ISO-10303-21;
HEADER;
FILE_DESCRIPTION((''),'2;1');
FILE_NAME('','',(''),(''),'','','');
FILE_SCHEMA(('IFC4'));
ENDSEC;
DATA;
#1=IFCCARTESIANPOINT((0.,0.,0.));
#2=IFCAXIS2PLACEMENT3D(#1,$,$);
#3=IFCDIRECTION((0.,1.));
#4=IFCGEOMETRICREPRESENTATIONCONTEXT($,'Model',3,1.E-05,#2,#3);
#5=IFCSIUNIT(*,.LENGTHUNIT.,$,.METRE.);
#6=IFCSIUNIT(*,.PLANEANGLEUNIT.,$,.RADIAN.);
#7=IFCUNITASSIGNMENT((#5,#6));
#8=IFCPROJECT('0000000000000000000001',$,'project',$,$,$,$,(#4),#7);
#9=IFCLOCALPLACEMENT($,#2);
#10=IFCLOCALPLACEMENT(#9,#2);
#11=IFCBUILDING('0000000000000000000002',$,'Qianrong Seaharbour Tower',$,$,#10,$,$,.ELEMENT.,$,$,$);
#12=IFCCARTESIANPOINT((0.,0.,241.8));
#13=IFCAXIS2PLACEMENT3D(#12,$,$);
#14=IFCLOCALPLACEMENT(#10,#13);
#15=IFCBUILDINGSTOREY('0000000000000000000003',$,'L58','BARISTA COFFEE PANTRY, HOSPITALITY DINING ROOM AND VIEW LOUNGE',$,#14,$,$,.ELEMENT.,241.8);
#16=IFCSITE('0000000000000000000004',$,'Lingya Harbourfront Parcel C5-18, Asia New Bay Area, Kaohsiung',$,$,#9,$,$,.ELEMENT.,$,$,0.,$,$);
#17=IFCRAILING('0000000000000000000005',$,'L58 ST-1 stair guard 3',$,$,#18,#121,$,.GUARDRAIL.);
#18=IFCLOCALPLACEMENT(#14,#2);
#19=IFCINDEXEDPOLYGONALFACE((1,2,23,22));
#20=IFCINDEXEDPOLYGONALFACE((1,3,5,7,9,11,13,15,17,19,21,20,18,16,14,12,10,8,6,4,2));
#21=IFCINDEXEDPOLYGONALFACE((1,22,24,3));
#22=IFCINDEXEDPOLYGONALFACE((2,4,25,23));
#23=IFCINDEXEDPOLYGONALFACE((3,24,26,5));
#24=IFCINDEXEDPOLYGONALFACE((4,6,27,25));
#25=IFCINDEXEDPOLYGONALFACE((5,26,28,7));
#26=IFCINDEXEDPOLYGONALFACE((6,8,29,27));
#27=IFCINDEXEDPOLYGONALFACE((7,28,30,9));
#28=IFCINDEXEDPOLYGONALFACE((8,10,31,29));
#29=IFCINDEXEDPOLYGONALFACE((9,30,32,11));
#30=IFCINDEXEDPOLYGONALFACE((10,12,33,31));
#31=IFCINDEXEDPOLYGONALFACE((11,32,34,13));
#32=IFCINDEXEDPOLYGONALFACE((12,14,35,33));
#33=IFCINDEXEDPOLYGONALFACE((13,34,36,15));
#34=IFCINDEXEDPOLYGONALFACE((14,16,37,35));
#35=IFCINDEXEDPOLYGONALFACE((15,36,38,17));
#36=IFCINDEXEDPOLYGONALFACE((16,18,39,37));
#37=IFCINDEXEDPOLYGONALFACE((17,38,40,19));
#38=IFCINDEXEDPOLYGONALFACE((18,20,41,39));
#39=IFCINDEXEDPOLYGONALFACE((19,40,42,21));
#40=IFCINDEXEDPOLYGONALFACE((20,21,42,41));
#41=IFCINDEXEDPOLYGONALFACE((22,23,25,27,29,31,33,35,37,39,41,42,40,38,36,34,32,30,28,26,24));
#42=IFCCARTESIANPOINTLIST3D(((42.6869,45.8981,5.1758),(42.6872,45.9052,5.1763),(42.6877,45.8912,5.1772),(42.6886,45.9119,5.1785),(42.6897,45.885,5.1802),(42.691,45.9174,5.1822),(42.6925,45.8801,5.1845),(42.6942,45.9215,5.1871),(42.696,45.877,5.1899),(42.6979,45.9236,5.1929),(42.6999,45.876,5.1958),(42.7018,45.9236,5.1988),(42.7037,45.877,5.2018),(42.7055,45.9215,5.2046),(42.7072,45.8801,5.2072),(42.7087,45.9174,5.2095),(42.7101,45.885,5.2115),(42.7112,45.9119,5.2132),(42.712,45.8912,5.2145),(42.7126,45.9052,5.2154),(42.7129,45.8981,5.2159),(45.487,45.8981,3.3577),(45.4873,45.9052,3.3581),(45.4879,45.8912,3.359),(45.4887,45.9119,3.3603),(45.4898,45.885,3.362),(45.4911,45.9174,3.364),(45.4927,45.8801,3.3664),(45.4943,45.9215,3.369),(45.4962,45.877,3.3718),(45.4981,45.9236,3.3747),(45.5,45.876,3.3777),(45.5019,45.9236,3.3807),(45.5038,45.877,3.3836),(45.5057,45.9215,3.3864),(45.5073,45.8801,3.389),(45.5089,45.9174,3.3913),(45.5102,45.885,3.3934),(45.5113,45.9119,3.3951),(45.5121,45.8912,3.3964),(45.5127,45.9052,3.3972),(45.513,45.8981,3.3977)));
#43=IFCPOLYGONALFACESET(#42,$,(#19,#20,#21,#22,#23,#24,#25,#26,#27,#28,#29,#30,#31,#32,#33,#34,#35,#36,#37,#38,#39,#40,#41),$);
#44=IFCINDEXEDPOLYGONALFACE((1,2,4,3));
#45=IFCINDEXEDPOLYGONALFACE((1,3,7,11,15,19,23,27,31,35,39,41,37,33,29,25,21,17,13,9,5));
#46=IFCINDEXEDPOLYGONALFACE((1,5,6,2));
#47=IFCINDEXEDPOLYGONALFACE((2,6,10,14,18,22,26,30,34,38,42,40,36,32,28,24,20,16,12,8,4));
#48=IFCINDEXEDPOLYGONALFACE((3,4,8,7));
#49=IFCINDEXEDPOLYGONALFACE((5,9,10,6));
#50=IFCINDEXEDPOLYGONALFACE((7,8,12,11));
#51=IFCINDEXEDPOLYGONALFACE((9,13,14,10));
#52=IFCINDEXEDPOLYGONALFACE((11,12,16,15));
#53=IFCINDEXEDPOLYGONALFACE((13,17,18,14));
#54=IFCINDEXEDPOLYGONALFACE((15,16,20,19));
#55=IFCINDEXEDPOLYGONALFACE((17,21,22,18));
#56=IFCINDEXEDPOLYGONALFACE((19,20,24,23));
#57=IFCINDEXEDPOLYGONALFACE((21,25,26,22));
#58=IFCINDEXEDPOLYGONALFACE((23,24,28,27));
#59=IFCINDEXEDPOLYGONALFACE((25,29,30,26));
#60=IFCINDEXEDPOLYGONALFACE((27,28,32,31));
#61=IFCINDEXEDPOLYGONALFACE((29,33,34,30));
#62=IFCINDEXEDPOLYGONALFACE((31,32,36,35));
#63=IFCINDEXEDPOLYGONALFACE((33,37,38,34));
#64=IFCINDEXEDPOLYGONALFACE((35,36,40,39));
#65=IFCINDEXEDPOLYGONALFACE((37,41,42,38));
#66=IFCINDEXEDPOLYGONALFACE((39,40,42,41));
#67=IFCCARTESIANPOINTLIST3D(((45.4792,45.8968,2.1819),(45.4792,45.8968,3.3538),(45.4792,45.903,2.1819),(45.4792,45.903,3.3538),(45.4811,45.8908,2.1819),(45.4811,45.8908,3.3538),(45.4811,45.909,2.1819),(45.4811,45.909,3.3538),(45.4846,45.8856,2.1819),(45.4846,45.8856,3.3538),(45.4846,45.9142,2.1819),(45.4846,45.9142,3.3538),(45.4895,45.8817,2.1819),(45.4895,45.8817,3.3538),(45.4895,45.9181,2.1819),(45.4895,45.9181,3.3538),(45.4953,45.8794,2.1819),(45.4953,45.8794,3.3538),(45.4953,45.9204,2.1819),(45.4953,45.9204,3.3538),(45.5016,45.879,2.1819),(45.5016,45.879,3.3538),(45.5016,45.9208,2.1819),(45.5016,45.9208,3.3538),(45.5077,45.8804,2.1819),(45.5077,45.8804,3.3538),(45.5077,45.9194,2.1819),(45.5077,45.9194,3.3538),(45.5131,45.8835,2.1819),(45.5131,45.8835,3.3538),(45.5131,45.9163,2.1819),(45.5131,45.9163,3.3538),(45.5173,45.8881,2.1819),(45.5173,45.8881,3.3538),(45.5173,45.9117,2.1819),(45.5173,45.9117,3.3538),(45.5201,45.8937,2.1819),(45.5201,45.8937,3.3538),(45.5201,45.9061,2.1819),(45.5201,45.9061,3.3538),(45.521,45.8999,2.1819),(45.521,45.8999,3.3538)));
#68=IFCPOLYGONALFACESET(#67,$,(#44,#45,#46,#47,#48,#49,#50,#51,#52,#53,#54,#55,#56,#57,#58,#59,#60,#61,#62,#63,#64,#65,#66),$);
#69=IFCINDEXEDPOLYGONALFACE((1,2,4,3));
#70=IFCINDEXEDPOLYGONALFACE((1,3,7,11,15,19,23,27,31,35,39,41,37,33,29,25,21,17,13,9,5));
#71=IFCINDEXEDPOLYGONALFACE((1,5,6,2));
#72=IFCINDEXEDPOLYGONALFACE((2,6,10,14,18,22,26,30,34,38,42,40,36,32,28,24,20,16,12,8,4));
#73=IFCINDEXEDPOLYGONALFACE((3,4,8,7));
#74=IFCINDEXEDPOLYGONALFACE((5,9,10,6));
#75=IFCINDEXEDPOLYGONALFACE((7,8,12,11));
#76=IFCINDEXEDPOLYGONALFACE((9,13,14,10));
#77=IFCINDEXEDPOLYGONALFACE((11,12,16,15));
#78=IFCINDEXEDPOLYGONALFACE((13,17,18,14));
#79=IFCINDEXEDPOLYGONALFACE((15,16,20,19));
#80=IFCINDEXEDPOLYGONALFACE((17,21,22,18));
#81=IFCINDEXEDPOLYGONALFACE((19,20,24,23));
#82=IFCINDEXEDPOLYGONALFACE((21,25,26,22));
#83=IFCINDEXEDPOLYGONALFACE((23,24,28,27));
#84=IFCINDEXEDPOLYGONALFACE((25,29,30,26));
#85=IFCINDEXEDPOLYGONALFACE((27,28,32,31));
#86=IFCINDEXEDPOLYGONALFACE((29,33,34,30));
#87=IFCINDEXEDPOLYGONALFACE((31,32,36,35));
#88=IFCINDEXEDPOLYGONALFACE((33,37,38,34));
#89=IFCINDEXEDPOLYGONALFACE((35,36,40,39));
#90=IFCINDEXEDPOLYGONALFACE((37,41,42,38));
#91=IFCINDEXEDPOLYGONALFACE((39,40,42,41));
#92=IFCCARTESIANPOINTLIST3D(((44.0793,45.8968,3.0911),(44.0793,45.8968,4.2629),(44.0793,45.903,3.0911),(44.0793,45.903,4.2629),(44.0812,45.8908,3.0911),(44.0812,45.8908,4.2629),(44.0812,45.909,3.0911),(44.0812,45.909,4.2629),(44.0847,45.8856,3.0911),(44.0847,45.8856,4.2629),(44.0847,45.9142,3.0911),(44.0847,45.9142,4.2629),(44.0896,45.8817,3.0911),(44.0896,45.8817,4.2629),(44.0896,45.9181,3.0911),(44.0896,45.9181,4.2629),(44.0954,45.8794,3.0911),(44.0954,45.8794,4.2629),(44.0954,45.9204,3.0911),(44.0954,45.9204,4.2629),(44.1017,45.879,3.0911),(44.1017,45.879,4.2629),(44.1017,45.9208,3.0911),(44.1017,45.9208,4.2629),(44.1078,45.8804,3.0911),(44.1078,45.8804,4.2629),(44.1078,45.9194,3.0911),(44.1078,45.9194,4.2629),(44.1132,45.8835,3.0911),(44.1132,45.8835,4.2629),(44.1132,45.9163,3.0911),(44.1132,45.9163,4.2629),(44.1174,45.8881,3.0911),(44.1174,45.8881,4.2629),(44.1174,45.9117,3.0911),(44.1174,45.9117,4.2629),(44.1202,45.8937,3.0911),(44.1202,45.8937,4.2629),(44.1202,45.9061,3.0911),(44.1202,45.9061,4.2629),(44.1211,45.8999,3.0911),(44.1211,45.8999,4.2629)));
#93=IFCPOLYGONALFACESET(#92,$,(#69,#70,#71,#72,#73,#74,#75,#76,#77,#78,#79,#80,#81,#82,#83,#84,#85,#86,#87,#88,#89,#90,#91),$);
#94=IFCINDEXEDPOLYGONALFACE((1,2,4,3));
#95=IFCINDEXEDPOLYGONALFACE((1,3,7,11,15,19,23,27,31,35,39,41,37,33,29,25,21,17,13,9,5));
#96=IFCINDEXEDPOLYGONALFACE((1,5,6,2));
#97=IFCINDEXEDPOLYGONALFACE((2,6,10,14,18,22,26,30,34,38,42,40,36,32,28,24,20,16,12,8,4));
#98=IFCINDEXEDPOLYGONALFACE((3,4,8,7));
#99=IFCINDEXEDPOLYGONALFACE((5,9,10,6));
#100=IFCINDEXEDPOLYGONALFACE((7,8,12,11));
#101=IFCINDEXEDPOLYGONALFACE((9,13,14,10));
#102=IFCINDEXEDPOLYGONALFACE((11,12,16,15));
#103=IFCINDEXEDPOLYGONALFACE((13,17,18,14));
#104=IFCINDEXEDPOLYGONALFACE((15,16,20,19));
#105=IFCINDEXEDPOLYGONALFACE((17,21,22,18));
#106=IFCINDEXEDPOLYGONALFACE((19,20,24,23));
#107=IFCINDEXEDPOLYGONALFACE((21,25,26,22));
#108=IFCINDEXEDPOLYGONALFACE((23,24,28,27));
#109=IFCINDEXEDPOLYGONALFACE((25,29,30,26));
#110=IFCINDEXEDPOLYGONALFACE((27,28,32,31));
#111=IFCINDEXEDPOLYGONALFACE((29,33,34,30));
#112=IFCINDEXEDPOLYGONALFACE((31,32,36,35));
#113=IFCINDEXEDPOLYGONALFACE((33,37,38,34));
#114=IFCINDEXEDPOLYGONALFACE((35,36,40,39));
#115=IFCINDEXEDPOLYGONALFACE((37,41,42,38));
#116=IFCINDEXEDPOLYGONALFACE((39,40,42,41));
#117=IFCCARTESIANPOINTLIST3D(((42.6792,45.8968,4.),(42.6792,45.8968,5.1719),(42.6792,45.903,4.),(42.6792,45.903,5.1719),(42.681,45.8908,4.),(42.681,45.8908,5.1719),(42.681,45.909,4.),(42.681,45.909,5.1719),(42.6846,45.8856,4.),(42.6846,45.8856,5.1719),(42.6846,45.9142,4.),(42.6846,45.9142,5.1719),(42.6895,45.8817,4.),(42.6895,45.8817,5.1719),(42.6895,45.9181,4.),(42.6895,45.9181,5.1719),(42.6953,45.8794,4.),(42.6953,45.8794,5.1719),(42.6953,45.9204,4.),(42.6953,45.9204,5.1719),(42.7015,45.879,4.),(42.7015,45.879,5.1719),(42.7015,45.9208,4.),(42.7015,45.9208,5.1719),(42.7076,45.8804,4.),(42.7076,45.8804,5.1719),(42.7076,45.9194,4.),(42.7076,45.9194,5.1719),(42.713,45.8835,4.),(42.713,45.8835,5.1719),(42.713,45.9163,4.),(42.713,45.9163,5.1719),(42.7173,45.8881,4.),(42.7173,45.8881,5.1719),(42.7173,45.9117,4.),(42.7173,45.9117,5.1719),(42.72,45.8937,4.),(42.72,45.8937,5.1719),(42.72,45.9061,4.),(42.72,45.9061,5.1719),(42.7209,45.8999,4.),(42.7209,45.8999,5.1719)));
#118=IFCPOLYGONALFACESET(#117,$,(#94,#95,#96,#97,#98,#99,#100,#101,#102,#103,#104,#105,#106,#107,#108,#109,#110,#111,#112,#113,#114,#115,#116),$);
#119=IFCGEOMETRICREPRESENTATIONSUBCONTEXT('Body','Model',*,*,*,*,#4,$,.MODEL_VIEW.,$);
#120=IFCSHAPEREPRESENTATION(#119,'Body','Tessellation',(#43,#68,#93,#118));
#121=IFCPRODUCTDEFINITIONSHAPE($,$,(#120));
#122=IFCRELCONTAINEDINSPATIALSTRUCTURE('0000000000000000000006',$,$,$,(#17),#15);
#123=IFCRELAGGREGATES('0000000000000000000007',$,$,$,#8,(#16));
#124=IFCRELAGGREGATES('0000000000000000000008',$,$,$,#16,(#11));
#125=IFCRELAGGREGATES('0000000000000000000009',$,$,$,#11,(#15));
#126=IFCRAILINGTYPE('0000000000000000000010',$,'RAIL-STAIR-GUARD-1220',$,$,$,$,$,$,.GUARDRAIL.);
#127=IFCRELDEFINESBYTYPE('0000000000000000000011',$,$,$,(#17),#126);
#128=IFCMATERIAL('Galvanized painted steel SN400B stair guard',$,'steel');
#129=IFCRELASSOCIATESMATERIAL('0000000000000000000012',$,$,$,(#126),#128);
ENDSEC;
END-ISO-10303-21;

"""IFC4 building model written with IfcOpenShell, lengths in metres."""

from ifc_helpers import new_model, si_unit, direction, frame, origin, origin_2d, place, context, subcontext, project, spatial, circle, extrude, material, type_object, element, save


model = new_model("IFC4")

# Units and contexts
model_context = context("Model", 3, precision=1e-05, world=origin(), true_north=direction((0.0, 1.0)))
body_context = subcontext(model_context, "Body", "Model", "MODEL_VIEW")
ifc_project = project(units=[si_unit("LENGTHUNIT", "METRE"), si_unit("PLANEANGLEUNIT", "RADIAN")], contexts=[model_context])

# Site, building, storey
site_placement = place(None, origin())
site = spatial("IfcSite", under=ifc_project, at=site_placement, Name="Lingya Harbourfront Parcel C5-18, Asia New Bay Area, Kaohsiung", CompositionType="ELEMENT", RefElevation=0.0)
building_placement = place(site_placement, origin())
building = spatial("IfcBuilding", under=site, at=building_placement, Name="Qianrong Seaharbour Tower", CompositionType="ELEMENT")
storey_placement = place(building_placement, frame((0.0, 0.0, 241.8)))
storey = spatial("IfcBuildingStorey", under=building, at=storey_placement, Name="L58", Description="BARISTA COFFEE PANTRY, HOSPITALITY DINING ROOM AND VIEW LOUNGE", CompositionType="ELEMENT", Elevation=241.8)

# Railing
ifc_material_1 = material(Name="Galvanized painted steel SN400B stair guard", Category="steel")
railing_type_1 = type_object("IfcRailingType", Name="RAIL-STAIR-GUARD-1220", PredefinedType="GUARDRAIL", material=ifc_material_1)
railing_1_placement = place(storey_placement, frame((45.5, 45.8999, 2.1819)))
element("IfcRailing", 1, at=railing_1_placement, inside=storey, type_object=railing_type_1, Name="L58 ST-1 stair guard 3", PredefinedType="GUARDRAIL", context=body_context, shape_type="SweptSolid", body=[
    extrude(circle(Radius=0.0239, at=origin_2d()), frame((0.0, 0.0, 1.1958), z_axis=(-0.838706, 0.0, 0.544585), x_axis=(0.0, -1.0, 0.0)), (0.0, 0.0, 1.0), 3.3386),
    extrude(circle(Radius=0.021, at=origin_2d()), origin(), (0.0, 0.0, 1.0), 1.1719),
    extrude(circle(Radius=0.021, at=origin_2d()), frame((-1.3999, 0.0, 0.9092)), (0.0, 0.0, 1.0), 1.1719),
    extrude(circle(Radius=0.021, at=origin_2d()), frame((-2.8, 0.0, 1.8181)), (0.0, 0.0, 1.0), 1.1719),
])

save(model, "model.ifc")
